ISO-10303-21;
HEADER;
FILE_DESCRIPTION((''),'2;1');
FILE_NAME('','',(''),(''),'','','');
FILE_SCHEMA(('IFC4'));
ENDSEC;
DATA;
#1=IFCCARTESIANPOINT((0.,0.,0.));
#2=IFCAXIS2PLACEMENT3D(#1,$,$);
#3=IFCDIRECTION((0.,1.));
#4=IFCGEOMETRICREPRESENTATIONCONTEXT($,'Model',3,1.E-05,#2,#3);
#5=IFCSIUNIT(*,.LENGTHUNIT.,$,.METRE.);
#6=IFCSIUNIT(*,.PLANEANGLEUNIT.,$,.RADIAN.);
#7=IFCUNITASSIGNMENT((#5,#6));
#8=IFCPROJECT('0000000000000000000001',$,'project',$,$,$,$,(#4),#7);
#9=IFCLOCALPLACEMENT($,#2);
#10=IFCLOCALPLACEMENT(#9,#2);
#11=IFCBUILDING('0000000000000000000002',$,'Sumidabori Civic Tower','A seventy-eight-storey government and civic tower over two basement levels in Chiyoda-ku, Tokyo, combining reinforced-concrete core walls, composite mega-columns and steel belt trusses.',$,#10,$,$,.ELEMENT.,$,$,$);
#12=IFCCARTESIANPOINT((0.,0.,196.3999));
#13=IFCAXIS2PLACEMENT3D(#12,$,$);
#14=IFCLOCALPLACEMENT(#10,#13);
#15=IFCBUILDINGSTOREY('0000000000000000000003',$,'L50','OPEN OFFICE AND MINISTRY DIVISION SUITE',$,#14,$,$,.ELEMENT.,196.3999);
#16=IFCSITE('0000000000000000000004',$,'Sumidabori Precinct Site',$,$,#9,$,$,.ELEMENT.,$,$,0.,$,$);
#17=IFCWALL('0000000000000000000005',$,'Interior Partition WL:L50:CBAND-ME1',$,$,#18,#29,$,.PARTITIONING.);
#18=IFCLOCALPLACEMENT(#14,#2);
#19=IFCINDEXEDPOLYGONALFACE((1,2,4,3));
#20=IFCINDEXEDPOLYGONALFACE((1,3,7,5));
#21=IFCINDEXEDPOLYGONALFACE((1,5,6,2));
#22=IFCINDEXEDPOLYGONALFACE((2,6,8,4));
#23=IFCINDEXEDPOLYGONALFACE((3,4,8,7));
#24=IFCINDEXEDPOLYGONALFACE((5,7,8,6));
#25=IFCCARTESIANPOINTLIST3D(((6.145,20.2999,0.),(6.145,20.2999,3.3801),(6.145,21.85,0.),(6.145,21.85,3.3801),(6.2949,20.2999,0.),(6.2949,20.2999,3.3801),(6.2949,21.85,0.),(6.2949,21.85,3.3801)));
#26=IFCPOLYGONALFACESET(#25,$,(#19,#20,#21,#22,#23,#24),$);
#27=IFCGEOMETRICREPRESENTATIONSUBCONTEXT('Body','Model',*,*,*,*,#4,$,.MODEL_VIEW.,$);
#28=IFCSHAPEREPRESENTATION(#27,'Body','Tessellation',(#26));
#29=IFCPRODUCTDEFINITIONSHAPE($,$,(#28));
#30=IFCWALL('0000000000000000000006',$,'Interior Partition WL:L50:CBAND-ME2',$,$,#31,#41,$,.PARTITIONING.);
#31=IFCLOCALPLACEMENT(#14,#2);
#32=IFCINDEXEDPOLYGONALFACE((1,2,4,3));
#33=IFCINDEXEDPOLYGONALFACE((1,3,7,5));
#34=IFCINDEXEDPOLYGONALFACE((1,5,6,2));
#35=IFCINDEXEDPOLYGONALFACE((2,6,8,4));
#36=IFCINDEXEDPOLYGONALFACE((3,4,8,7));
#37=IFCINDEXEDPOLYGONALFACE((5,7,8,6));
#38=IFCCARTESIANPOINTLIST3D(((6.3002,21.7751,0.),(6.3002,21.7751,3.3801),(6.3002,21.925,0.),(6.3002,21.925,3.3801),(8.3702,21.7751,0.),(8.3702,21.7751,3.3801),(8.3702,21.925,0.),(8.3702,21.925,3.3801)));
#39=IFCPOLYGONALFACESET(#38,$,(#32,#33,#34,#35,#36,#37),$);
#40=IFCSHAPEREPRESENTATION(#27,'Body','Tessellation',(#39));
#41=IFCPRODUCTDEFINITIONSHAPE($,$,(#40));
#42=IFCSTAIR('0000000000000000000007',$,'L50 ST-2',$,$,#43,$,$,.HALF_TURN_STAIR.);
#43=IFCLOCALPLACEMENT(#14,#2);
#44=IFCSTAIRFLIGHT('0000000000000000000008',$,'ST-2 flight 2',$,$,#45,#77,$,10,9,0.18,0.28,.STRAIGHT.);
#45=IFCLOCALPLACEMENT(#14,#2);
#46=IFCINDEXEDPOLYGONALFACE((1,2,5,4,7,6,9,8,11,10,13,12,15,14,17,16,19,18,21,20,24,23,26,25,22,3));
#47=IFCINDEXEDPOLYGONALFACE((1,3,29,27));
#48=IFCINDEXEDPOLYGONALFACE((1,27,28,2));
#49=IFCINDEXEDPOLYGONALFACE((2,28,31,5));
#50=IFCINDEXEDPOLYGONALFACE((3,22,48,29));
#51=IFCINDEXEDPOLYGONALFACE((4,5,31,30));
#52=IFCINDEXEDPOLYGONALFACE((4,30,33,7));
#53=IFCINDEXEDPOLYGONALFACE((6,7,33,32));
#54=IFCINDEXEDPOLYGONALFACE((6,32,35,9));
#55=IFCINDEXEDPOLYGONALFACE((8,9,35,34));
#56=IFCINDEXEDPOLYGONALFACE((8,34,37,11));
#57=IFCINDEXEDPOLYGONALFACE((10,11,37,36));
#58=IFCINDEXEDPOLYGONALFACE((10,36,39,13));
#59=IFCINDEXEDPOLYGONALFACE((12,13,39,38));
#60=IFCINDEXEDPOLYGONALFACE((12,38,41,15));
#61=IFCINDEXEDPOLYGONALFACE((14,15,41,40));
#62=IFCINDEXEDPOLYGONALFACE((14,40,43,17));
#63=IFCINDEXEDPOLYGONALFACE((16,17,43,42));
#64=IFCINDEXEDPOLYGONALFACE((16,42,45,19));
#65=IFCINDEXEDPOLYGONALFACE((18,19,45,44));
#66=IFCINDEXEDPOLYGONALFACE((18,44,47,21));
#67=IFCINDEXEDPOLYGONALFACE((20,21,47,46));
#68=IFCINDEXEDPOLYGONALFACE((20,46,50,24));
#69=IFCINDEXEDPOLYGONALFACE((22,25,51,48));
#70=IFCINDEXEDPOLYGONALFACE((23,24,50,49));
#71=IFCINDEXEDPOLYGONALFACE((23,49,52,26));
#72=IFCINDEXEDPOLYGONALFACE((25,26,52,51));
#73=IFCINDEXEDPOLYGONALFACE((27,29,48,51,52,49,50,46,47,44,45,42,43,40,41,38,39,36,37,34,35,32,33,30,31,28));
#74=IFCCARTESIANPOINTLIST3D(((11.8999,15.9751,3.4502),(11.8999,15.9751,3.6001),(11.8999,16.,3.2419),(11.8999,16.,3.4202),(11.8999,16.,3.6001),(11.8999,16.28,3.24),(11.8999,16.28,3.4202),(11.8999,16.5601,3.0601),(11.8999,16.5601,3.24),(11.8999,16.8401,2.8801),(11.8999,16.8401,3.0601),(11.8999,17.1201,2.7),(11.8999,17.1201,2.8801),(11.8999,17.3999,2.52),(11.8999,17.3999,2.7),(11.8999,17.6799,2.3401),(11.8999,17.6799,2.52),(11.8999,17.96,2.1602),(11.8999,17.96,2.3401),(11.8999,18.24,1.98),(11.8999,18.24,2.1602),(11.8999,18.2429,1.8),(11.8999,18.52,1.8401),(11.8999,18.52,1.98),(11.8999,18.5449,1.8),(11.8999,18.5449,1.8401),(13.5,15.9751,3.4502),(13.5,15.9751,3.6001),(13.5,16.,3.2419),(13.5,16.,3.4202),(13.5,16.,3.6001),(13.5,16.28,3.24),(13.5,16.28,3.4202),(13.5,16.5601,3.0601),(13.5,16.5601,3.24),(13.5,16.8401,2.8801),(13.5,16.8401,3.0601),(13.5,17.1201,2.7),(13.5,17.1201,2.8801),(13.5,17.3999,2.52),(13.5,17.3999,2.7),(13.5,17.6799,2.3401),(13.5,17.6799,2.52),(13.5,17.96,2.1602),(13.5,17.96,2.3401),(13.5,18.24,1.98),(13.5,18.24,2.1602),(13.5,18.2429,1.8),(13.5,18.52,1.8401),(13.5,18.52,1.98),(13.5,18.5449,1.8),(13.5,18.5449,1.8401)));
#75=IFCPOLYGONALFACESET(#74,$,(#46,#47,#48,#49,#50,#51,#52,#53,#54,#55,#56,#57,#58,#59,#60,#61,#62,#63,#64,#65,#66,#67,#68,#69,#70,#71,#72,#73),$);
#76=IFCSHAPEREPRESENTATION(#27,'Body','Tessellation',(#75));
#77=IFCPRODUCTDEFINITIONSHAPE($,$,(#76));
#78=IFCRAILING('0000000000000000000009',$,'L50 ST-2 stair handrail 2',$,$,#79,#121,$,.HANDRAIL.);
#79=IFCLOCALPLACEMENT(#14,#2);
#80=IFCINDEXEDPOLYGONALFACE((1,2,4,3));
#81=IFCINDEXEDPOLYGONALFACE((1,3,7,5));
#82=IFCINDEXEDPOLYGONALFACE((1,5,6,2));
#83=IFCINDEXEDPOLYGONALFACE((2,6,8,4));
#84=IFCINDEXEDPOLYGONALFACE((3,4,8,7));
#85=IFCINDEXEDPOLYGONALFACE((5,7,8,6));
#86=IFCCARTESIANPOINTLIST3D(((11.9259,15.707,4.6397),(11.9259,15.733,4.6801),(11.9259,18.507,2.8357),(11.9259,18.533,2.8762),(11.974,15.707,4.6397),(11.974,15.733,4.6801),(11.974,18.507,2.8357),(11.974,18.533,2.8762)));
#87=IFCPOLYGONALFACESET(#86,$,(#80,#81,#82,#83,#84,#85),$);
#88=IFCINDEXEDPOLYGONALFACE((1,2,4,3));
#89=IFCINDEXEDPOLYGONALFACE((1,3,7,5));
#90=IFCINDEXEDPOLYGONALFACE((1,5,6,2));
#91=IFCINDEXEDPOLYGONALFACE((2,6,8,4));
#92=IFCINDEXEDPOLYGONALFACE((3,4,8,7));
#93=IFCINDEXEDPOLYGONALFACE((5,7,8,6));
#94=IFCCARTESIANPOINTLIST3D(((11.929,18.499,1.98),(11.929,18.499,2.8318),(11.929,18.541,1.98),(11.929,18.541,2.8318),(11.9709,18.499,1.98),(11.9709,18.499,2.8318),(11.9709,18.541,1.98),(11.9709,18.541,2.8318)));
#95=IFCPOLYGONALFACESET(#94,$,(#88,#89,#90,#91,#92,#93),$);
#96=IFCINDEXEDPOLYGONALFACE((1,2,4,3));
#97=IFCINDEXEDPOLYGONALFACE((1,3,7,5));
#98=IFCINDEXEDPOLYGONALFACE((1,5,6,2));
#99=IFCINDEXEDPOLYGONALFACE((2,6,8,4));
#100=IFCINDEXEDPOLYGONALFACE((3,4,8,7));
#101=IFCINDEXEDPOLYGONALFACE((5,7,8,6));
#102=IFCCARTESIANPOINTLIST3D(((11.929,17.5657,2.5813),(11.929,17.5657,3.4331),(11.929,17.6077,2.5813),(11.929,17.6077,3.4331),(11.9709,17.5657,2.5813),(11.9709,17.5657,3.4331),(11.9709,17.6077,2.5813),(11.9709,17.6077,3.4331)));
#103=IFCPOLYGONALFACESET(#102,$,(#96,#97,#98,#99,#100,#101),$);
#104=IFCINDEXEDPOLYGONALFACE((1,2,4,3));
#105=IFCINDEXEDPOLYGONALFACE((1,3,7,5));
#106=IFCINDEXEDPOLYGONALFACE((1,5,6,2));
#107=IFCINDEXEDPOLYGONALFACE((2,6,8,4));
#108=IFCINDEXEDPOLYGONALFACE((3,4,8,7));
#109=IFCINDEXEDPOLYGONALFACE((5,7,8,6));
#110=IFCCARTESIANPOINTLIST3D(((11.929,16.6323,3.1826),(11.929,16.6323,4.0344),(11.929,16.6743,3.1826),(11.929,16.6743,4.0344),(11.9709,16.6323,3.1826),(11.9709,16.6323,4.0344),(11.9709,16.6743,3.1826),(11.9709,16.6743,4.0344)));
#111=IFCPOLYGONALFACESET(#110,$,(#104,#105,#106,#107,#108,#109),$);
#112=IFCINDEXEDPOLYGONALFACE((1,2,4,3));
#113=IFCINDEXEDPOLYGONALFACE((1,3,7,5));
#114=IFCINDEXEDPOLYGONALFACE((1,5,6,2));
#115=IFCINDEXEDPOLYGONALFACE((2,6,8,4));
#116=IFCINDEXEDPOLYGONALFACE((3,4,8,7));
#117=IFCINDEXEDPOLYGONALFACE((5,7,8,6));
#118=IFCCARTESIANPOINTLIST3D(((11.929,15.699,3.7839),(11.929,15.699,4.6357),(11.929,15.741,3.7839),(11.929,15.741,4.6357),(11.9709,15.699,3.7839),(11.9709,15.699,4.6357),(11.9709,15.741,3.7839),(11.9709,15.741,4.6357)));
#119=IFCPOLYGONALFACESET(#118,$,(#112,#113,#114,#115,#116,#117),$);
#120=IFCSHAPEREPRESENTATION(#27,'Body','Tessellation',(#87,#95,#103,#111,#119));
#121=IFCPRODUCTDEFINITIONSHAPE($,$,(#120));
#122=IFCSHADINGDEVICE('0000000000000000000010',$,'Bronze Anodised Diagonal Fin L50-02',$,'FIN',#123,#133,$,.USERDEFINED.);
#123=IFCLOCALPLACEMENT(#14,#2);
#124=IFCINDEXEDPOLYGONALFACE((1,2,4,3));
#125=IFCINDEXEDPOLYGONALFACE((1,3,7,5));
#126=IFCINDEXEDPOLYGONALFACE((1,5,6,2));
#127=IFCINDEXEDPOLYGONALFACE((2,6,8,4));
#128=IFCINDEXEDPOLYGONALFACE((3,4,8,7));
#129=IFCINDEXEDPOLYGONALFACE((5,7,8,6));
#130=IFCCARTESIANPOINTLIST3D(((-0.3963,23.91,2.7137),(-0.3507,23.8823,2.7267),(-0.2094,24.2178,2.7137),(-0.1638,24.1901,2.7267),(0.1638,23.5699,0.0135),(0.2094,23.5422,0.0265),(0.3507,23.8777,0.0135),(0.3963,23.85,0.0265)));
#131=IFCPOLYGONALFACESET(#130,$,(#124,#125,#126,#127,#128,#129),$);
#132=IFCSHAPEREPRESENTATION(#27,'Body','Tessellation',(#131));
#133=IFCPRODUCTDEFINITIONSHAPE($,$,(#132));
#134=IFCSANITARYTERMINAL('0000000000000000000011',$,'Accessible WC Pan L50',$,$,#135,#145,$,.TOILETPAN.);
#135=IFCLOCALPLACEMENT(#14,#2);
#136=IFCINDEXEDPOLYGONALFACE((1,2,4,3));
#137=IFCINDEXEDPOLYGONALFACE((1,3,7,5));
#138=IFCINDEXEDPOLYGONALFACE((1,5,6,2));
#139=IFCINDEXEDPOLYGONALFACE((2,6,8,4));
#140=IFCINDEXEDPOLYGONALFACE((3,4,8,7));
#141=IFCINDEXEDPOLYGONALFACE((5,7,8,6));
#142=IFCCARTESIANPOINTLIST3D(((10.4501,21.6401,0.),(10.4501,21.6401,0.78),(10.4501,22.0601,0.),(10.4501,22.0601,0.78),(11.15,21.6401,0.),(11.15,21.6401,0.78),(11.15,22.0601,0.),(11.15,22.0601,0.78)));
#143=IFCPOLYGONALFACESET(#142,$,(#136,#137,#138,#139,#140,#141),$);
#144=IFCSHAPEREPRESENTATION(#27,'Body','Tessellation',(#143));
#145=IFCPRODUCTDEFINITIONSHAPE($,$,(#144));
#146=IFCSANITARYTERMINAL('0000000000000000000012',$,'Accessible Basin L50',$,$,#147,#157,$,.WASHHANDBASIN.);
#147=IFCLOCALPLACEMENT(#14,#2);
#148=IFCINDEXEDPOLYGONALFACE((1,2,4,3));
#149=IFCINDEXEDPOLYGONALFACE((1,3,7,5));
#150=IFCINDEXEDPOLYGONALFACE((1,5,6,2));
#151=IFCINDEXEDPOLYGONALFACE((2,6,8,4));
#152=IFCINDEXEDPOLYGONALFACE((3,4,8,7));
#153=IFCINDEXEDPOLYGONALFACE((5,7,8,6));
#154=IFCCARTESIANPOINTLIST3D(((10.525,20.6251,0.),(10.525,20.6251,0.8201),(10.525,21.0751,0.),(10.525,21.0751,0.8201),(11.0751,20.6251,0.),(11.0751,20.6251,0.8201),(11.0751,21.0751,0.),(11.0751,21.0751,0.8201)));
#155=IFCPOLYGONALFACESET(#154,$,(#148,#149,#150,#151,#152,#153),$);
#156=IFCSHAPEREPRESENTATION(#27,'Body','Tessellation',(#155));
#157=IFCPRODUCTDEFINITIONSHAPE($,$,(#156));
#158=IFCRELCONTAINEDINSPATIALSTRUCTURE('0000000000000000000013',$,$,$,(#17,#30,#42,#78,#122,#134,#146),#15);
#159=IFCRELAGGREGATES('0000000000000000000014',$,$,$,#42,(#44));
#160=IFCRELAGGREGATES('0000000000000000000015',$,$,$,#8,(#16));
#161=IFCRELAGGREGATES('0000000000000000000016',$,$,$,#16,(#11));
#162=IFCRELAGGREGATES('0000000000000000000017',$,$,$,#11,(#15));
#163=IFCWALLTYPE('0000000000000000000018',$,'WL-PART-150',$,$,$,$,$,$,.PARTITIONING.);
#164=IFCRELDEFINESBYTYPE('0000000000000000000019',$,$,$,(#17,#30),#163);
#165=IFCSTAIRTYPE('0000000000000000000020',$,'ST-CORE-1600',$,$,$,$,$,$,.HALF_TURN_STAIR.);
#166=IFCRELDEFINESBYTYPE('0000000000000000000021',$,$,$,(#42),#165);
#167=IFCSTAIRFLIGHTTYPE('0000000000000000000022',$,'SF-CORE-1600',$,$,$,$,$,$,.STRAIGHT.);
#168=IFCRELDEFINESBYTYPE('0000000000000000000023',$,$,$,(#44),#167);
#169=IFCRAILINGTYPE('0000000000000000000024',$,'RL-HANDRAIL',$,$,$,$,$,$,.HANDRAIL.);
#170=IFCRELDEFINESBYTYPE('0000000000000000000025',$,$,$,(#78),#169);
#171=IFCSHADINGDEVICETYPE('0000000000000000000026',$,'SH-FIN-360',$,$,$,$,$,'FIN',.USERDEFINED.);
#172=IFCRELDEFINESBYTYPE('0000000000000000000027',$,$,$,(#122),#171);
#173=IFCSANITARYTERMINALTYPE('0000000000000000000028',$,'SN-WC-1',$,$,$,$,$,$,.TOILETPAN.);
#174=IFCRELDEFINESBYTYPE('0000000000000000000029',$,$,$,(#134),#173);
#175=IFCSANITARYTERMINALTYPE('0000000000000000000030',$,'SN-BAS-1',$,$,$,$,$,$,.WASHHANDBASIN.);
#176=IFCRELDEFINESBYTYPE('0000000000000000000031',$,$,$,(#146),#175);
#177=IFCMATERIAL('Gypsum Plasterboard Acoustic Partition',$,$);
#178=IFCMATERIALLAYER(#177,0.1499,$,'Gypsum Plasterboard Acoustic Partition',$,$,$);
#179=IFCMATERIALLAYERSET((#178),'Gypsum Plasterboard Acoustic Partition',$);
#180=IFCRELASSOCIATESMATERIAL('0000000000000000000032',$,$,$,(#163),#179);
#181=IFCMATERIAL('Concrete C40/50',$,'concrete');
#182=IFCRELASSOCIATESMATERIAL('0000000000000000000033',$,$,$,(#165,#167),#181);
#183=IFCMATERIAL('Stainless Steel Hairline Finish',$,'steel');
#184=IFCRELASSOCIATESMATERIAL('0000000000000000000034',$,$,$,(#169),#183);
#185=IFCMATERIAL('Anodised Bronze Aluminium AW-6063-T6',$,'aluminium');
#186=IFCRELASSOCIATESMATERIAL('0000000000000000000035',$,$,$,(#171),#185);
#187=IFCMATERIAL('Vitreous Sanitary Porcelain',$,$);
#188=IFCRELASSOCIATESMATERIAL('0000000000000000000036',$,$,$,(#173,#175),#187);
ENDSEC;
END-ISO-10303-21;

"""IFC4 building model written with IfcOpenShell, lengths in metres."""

from ifc_helpers import new_model, si_unit, direction, frame, frame_2d, origin, origin_2d, place, context, subcontext, project, spatial, polyline, rectangle, outline, extrude, source, transform, mapped, material, layer, layer_set, material_profile, profile_set, type_object, element, aggregate, save


model = new_model("IFC4")

# Units and contexts
model_context = context("Model", 3, precision=1e-05, world=origin(), true_north=direction((0.0, 1.0)))
body_context = subcontext(model_context, "Body", "Model", "MODEL_VIEW")
ifc_project = project(units=[si_unit("LENGTHUNIT", "METRE"), si_unit("PLANEANGLEUNIT", "RADIAN")], contexts=[model_context])

# Site, building, storey
site_placement = place(None, origin())
site = spatial("IfcSite", under=ifc_project, at=site_placement, Name="Sumidabori Precinct Site", CompositionType="ELEMENT", RefElevation=0.0)
building_placement = place(site_placement, origin())
building = spatial("IfcBuilding", under=site, at=building_placement, Name="Sumidabori Civic Tower", Description="A seventy-eight-storey government and civic tower over two basement levels in Chiyoda-ku, Tokyo, combining reinforced-concrete core walls, composite mega-columns and steel belt trusses.", CompositionType="ELEMENT")
storey_placement = place(building_placement, frame((0.0, 0.0, 196.3999)))
storey = spatial("IfcBuildingStorey", under=building, at=storey_placement, Name="L50", Description="OPEN OFFICE AND MINISTRY DIVISION SUITE", CompositionType="ELEMENT", Elevation=196.3999)

# Shared definitions
ifc_material_1 = material(Name="Anodised Bronze Aluminium AW-6063-T6", Category="aluminium")

# Walls
ifc_material_2 = material(Name="Gypsum Plasterboard Acoustic Partition")
ifc_layer_1 = layer(ifc_material_2, 0.1499, Name="Gypsum Plasterboard Acoustic Partition")
ifc_layer_set_1 = layer_set([ifc_layer_1], Name="Gypsum Plasterboard Acoustic Partition")
wall_type_1 = type_object("IfcWallType", Name="WL-PART-150", PredefinedType="PARTITIONING", material=ifc_layer_set_1)
shared_shape_1 = source(origin(), body_context, "Body", "SweptSolid", [
    extrude(rectangle(XDim=1.55, YDim=0.1499, at=frame_2d((0.7749, 0.0))), origin(), (0.0, 0.0, 1.0), 3.3801),
])
wall_1_placement = place(storey_placement, frame((6.22, 20.3, 0.0), z_axis=(0.0, 0.0, 1.0), x_axis=(0.0, 1.0, 0.0)))
element("IfcWall", 1, at=wall_1_placement, inside=storey, type_object=wall_type_1, Name="Interior Partition WL:L50:CBAND-ME1", PredefinedType="PARTITIONING", context=body_context, shape_type="MappedRepresentation", body=[
    mapped(shared_shape_1, transform((0.0, 0.0, 0.0), x_axis=(1.0, 0.0, 0.0), y_axis=(0.0, 1.0, 0.0), z_axis=(0.0, 0.0, 1.0), scale=1.0)),
])
shared_shape_2 = source(origin(), body_context, "Body", "SweptSolid", [
    extrude(rectangle(XDim=2.0701, YDim=0.1499, at=frame_2d((1.0352, 0.0))), origin(), (0.0, 0.0, 1.0), 3.3801),
])
wall_2_placement = place(storey_placement, frame((6.3, 21.8501, 0.0), z_axis=(0.0, 0.0, 1.0), x_axis=(1.0, 0.0, 0.0)))
element("IfcWall", 2, at=wall_2_placement, inside=storey, type_object=wall_type_1, Name="Interior Partition WL:L50:CBAND-ME2", PredefinedType="PARTITIONING", context=body_context, shape_type="MappedRepresentation", body=[
    mapped(shared_shape_2, transform((0.0, 0.0, 0.0), x_axis=(1.0, 0.0, 0.0), y_axis=(0.0, 1.0, 0.0), z_axis=(0.0, 0.0, 1.0), scale=1.0)),
])

# Stair, stair flight
ifc_material_3 = material(Name="Concrete C40/50", Category="concrete")
stair_type = type_object("IfcStairType", Name="ST-CORE-1600", PredefinedType="HALF_TURN_STAIR", material=ifc_material_3)
stair_placement = place(storey_placement, origin())
stair = element("IfcStair", 3, at=stair_placement, inside=storey, type_object=stair_type, Name="L50 ST-2", PredefinedType="HALF_TURN_STAIR")
stair_flight_type = type_object("IfcStairFlightType", Name="SF-CORE-1600", PredefinedType="STRAIGHT", material=ifc_material_3)
shared_shape_3 = source(origin(), body_context, "Body", "SweptSolid", [
    extrude(outline(polyline([(-0.0249, 0.0), (-0.0249, 0.04), (0.0, 0.04), (0.0, 0.1799), (0.28, 0.1799), (0.28, 0.3601), (0.5601, 0.3601), (0.5601, 0.54), (0.8401, 0.54), (0.8401, 0.72), (1.1201, 0.72), (1.1201, 0.8999), (1.3999, 0.8999), (1.3999, 1.0801), (1.6799, 1.0801), (1.6799, 1.26), (1.96, 1.26), (1.96, 1.4399), (2.24, 1.4399), (2.24, 1.6201), (2.52, 1.6201), (2.52, 1.8), (2.5449, 1.8), (2.5449, 1.6501), (2.52, 1.4419), (0.2771, 0.0), (-0.0249, 0.0)])), frame((0.0, 0.8, 0.0), z_axis=(0.0, -1.0, 0.0), x_axis=(1.0, 0.0, 0.0)), (0.0, 0.0, 1.0), 1.6001),
])
stair_flight_placement = place(storey_placement, frame((12.7, 18.52, 1.8), z_axis=(0.0, 0.0, 1.0), x_axis=(0.0, -1.0, 0.0)))
stair_flight = element("IfcStairFlight", 4, at=stair_flight_placement, type_object=stair_flight_type, Name="ST-2 flight 2", NumberOfRisers=10, NumberOfTreads=9, PredefinedType="STRAIGHT", RiserHeight=0.18, TreadLength=0.28, context=body_context, shape_type="MappedRepresentation", body=[
    mapped(shared_shape_3, transform((0.0, 0.0, 0.0), x_axis=(1.0, 0.0, 0.0), y_axis=(0.0, 1.0, 0.0), z_axis=(0.0, 0.0, 1.0), scale=1.0)),
])
aggregate(stair, [stair_flight])

# Railing
ifc_material_4 = material(Name="Stainless Steel Hairline Finish", Category="steel")
railing_type = type_object("IfcRailingType", Name="RL-HANDRAIL", PredefinedType="HANDRAIL", material=ifc_material_4)
railing_placement = place(storey_placement, frame((11.95, 18.52, 1.98)))
element("IfcRailing", 5, at=railing_placement, inside=storey, type_object=railing_type, Name="L50 ST-2 stair handrail 2", PredefinedType="HANDRAIL", context=body_context, shape_type="SweptSolid", body=[
    extrude(rectangle(XDim=0.0481, YDim=0.0481, at=origin_2d()), frame((0.0, 0.0, 0.876), z_axis=(0.0, -0.840642, 0.541591), x_axis=(1.0, 0.0, 0.0)), (0.0, 0.0, 1.0), 3.3308),
    extrude(rectangle(XDim=0.042, YDim=0.042, at=origin_2d()), origin(), (0.0, 0.0, 1.0), 0.8518),
    extrude(rectangle(XDim=0.042, YDim=0.042, at=origin_2d()), frame((0.0, -0.9333, 0.6013)), (0.0, 0.0, 1.0), 0.8518),
    extrude(rectangle(XDim=0.042, YDim=0.042, at=origin_2d()), frame((0.0, -1.8667, 1.2026)), (0.0, 0.0, 1.0), 0.8518),
    extrude(rectangle(XDim=0.042, YDim=0.042, at=origin_2d()), frame((0.0, -2.8, 1.804)), (0.0, 0.0, 1.0), 0.8518),
])

# Shading device
ifc_material_profile_1 = material_profile(ifc_material_1, rectangle(XDim=0.0549, YDim=0.3601, at=origin_2d()), Name="BRONZE FIN 360x55")
ifc_profile_set_1 = profile_set([ifc_material_profile_1], Name="Anodised Bronze Aluminium AW-6063-T6")
shading_device_type = type_object("IfcShadingDeviceType", Name="SH-FIN-360", ElementType="FIN", PredefinedType="USERDEFINED", material=ifc_profile_set_1)
shared_shape_4 = source(origin(), body_context, "Body", "SweptSolid", [
    extrude(rectangle(XDim=0.0549, YDim=0.3601, at=origin_2d()), origin(), (0.0, 0.0, 1.0), 2.7786),
])
shading_device_placement = place(storey_placement, frame((0.28, 23.71, 0.02), z_axis=(-0.201565, 0.122397, 0.971798), x_axis=(0.830646, -0.504398, 0.235816)))
element("IfcShadingDevice", 6, at=shading_device_placement, inside=storey, type_object=shading_device_type, Name="Bronze Anodised Diagonal Fin L50-02", ObjectType="FIN", PredefinedType="USERDEFINED", context=body_context, shape_type="MappedRepresentation", body=[
    mapped(shared_shape_4, transform((0.0, 0.0, 0.0), x_axis=(1.0, 0.0, 0.0), y_axis=(0.0, 1.0, 0.0), z_axis=(0.0, 0.0, 1.0), scale=1.0)),
])

# Sanitary terminals
ifc_material_5 = material(Name="Vitreous Sanitary Porcelain")
sanitary_terminal_type_1 = type_object("IfcSanitaryTerminalType", Name="SN-WC-1", PredefinedType="TOILETPAN", material=ifc_material_5)
shared_shape_5 = source(origin(), body_context, "Body", "SweptSolid", [
    extrude(rectangle(XDim=0.7, YDim=0.4199, at=origin_2d()), origin(), (0.0, 0.0, 1.0), 0.78),
])
sanitary_terminal_1_placement = place(storey_placement, frame((10.8, 21.8501, 0.0), z_axis=(0.0, 0.0, 1.0), x_axis=(1.0, 0.0, 0.0)))
element("IfcSanitaryTerminal", 7, at=sanitary_terminal_1_placement, inside=storey, type_object=sanitary_terminal_type_1, Name="Accessible WC Pan L50", PredefinedType="TOILETPAN", context=body_context, shape_type="MappedRepresentation", body=[
    mapped(shared_shape_5, transform((0.0, 0.0, 0.0), x_axis=(1.0, 0.0, 0.0), y_axis=(0.0, 1.0, 0.0), z_axis=(0.0, 0.0, 1.0), scale=1.0)),
])
sanitary_terminal_type_2 = type_object("IfcSanitaryTerminalType", Name="SN-BAS-1", PredefinedType="WASHHANDBASIN", material=ifc_material_5)
shared_shape_6 = source(origin(), body_context, "Body", "SweptSolid", [
    extrude(rectangle(XDim=0.55, YDim=0.45, at=origin_2d()), origin(), (0.0, 0.0, 1.0), 0.8201),
])
sanitary_terminal_2_placement = place(storey_placement, frame((10.8, 20.8501, 0.0), z_axis=(0.0, 0.0, 1.0), x_axis=(1.0, 0.0, 0.0)))
element("IfcSanitaryTerminal", 8, at=sanitary_terminal_2_placement, inside=storey, type_object=sanitary_terminal_type_2, Name="Accessible Basin L50", PredefinedType="WASHHANDBASIN", context=body_context, shape_type="MappedRepresentation", body=[
    mapped(shared_shape_6, transform((0.0, 0.0, 0.0), x_axis=(1.0, 0.0, 0.0), y_axis=(0.0, 1.0, 0.0), z_axis=(0.0, 0.0, 1.0), scale=1.0)),
])

save(model, "model.ifc")
